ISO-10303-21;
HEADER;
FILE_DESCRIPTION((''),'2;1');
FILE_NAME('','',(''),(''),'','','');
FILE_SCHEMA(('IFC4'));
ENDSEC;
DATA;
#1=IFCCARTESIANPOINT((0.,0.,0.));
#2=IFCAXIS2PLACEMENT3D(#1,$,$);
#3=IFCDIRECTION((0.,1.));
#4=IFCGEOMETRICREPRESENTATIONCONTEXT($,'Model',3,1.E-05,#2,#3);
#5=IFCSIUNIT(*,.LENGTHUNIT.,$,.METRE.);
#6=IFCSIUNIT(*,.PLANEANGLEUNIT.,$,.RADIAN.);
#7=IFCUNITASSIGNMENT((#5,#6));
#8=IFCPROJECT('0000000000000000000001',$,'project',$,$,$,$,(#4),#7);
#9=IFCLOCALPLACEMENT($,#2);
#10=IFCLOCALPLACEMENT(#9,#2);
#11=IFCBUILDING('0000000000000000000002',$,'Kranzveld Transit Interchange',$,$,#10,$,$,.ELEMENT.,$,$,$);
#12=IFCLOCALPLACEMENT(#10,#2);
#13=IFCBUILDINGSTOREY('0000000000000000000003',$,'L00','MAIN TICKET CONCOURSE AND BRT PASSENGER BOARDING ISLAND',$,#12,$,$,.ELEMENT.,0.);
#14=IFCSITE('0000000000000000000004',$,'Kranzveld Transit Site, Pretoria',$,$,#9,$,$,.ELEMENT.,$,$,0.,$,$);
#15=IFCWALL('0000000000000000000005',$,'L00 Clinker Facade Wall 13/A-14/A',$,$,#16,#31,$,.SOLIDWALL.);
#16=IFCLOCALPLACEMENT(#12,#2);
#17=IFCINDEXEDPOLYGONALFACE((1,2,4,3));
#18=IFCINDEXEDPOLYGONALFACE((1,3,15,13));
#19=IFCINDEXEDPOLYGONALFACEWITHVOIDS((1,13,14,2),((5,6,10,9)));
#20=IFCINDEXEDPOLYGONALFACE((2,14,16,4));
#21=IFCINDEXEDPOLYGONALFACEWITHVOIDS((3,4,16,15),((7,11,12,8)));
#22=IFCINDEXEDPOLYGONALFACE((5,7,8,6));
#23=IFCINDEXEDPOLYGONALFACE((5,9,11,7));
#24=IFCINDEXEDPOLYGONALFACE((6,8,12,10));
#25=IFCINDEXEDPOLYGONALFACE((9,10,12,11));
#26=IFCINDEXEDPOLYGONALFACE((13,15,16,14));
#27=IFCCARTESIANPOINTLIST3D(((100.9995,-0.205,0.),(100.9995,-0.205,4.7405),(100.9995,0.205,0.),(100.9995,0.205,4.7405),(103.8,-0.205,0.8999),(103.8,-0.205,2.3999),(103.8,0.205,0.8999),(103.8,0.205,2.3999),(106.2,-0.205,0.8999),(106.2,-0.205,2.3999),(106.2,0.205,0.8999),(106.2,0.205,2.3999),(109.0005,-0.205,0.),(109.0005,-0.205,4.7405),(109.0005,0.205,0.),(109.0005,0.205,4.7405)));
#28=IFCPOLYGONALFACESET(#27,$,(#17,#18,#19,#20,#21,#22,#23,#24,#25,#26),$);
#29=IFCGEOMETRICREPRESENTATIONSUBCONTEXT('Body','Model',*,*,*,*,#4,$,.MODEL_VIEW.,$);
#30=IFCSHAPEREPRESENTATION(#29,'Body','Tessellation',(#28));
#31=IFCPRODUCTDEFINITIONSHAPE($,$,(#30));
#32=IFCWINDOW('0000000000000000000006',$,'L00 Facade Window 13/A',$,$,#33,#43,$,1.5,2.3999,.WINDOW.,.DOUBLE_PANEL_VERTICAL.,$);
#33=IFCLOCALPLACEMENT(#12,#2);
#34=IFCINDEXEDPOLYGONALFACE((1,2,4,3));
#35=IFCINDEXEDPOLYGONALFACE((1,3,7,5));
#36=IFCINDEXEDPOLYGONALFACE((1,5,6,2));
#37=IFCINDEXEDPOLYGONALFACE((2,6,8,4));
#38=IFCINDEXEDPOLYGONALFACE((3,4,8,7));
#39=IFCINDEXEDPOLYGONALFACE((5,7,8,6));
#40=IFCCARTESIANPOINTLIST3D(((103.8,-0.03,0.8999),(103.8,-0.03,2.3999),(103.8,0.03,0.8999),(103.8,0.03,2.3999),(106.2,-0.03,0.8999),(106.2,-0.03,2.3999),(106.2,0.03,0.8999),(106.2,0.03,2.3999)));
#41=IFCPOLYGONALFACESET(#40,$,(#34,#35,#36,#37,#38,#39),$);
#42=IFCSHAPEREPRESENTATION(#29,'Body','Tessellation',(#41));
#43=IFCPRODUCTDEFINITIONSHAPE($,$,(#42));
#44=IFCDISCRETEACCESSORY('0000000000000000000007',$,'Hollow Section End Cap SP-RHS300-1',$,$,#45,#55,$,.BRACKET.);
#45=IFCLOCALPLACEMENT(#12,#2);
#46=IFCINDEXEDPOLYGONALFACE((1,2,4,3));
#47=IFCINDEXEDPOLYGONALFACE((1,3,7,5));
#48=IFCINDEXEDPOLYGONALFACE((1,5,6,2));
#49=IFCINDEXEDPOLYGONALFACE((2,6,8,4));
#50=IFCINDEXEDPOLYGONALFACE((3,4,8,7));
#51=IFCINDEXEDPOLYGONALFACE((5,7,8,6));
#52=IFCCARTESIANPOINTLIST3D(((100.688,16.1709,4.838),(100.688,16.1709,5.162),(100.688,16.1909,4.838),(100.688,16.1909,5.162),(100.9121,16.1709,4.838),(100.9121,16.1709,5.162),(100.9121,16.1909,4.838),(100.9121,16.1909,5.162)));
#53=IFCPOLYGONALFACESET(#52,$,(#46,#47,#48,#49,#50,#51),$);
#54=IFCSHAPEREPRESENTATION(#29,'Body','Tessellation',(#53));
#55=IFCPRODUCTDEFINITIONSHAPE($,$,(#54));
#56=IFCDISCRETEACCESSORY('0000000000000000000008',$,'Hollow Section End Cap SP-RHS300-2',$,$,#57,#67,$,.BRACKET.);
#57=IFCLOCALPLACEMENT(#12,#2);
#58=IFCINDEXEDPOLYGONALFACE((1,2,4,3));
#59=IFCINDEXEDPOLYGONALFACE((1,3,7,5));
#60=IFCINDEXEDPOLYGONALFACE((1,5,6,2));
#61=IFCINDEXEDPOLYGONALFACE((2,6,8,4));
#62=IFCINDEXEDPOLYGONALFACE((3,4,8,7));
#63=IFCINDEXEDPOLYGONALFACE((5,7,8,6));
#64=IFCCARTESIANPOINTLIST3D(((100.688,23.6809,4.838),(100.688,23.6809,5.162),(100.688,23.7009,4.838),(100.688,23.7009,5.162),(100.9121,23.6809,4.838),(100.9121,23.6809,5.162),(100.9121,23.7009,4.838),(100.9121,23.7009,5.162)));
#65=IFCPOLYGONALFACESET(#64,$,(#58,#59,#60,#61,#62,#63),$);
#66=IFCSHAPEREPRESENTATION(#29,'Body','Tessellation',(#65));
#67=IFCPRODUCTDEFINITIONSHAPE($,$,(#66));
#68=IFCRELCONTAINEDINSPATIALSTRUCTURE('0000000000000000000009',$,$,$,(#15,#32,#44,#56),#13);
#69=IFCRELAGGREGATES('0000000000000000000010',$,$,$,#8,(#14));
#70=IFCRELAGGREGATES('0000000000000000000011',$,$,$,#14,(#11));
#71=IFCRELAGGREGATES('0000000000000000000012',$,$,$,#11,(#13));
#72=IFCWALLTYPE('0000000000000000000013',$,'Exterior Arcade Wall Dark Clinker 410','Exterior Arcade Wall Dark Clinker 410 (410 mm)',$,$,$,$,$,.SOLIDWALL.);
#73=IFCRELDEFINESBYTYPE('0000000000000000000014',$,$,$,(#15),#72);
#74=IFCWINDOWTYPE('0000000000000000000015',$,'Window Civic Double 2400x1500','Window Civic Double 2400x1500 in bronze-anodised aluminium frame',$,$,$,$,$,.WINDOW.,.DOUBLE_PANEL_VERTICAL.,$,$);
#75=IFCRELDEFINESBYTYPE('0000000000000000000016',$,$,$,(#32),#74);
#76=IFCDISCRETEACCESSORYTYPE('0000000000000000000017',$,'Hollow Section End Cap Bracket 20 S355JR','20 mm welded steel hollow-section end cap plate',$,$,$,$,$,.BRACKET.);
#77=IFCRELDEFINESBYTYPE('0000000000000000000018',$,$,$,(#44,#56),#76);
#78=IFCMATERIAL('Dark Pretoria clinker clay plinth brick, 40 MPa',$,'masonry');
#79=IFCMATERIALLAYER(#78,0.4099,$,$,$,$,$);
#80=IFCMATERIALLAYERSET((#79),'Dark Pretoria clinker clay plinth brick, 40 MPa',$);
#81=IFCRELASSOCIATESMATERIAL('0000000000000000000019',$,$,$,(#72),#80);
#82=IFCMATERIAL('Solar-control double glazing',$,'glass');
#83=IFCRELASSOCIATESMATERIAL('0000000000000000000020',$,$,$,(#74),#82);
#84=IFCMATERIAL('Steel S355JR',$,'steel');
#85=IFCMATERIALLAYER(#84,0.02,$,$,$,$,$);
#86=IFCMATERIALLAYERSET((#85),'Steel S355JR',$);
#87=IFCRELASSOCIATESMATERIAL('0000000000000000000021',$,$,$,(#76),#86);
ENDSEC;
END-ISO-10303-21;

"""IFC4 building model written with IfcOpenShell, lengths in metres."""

from ifc_helpers import new_model, si_unit, direction, frame, frame_2d, origin, origin_2d, place, context, subcontext, project, spatial, rectangle, extrude, material, layer, layer_set, type_object, element, fill, save


model = new_model("IFC4")

# Units and contexts
model_context = context("Model", 3, precision=1e-05, world=origin(), true_north=direction((0.0, 1.0)))
body_context = subcontext(model_context, "Body", "Model", "MODEL_VIEW")
ifc_project = project(units=[si_unit("LENGTHUNIT", "METRE"), si_unit("PLANEANGLEUNIT", "RADIAN")], contexts=[model_context])

# Site, building, storey
site_placement = place(None, origin())
site = spatial("IfcSite", under=ifc_project, at=site_placement, Name="Kranzveld Transit Site, Pretoria", CompositionType="ELEMENT", RefElevation=0.0)
building_placement = place(site_placement, origin())
building = spatial("IfcBuilding", under=site, at=building_placement, Name="Kranzveld Transit Interchange", CompositionType="ELEMENT")
storey_placement = place(building_placement, origin())
storey = spatial("IfcBuildingStorey", under=building, at=storey_placement, Name="L00", Description="MAIN TICKET CONCOURSE AND BRT PASSENGER BOARDING ISLAND", CompositionType="ELEMENT", Elevation=0.0)

# Wall, opening, window
ifc_material_1 = material(Name="Dark Pretoria clinker clay plinth brick, 40 MPa", Category="masonry")
ifc_layer_1 = layer(ifc_material_1, 0.4099)
ifc_layer_set_1 = layer_set([ifc_layer_1], Name="Dark Pretoria clinker clay plinth brick, 40 MPa")
wall_type = type_object("IfcWallType", Name="Exterior Arcade Wall Dark Clinker 410", Description="Exterior Arcade Wall Dark Clinker 410 (410 mm)", PredefinedType="SOLIDWALL", material=ifc_layer_set_1)
wall_placement = place(storey_placement, frame((100.9995, 0.0, 0.0), z_axis=(0.0, 0.0, 1.0), x_axis=(1.0, 0.0, 0.0)))
wall = element("IfcWall", 1, at=wall_placement, inside=storey, type_object=wall_type, Name="L00 Clinker Facade Wall 13/A-14/A", PredefinedType="SOLIDWALL", context=body_context, shape_type="SweptSolid", body=[
    extrude(rectangle(XDim=8.001, YDim=0.4099, at=frame_2d((4.0005, 0.0))), origin(), (0.0, 0.0, 1.0), 4.7405),
])
opening_placement = place(wall_placement, frame((2.8005, 0.0, 0.8999), z_axis=(0.0, 0.0, 1.0), x_axis=(1.0, 0.0, 0.0)))
opening = element("IfcOpeningElement", 2, at=opening_placement, cuts=wall, PredefinedType="OPENING", context=body_context, shape_type="SweptSolid", body=[
    extrude(rectangle(XDim=2.3999, YDim=1.5, at=frame_2d((1.2, 0.75))), frame((0.0, 0.2148, 0.0), z_axis=(0.0, -1.0, 0.0), x_axis=(1.0, 0.0, 0.0)), (0.0, 0.0, 1.0), 0.4299),
])
ifc_material_2 = material(Name="Solar-control double glazing", Category="glass")
window_type = type_object("IfcWindowType", Name="Window Civic Double 2400x1500", Description="Window Civic Double 2400x1500 in bronze-anodised aluminium frame", PartitioningType="DOUBLE_PANEL_VERTICAL", PredefinedType="WINDOW", material=ifc_material_2)
window_placement = place(opening_placement, origin())
window = element("IfcWindow", 3, at=window_placement, inside=storey, type_object=window_type, Name="L00 Facade Window 13/A", OverallHeight=1.5, OverallWidth=2.3999, PartitioningType="DOUBLE_PANEL_VERTICAL", PredefinedType="WINDOW", context=body_context, shape_type="SweptSolid", body=[
    extrude(rectangle(XDim=2.3999, YDim=1.5, at=frame_2d((1.2, 0.75))), frame((0.0, 0.03, 0.0), z_axis=(0.0, -1.0, 0.0), x_axis=(1.0, 0.0, 0.0)), (0.0, 0.0, 1.0), 0.0601),
])
fill(opening, window)

# Discrete accessories
ifc_material_3 = material(Name="Steel S355JR", Category="steel")
ifc_layer_2 = layer(ifc_material_3, 0.02)
ifc_layer_set_2 = layer_set([ifc_layer_2], Name="Steel S355JR")
discrete_accessory_type = type_object("IfcDiscreteAccessoryType", Name="Hollow Section End Cap Bracket 20 S355JR", Description="20 mm welded steel hollow-section end cap plate", PredefinedType="BRACKET", material=ifc_layer_set_2)
for number, where, z_axis, x_axis, name in (
    (4, (100.8, 16.1909, 5.0), (0.0, -1.0, 0.0), (1.0, 0.0, 0.0), "Hollow Section End Cap SP-RHS300-1"),
    (5, (100.8, 23.6809, 5.0), (0.0, 1.0, 0.0), (-1.0, 0.0, 0.0), "Hollow Section End Cap SP-RHS300-2"),
):
    element("IfcDiscreteAccessory", number, at=place(storey_placement, frame(where, z_axis=z_axis, x_axis=x_axis)), inside=storey, type_object=discrete_accessory_type, Name=name, PredefinedType="BRACKET", context=body_context, shape_type="SweptSolid", body=[
        extrude(rectangle(XDim=0.2241, YDim=0.324, at=origin_2d()), origin(), (0.0, 0.0, 1.0), 0.02),
    ])

save(model, "model.ifc")
